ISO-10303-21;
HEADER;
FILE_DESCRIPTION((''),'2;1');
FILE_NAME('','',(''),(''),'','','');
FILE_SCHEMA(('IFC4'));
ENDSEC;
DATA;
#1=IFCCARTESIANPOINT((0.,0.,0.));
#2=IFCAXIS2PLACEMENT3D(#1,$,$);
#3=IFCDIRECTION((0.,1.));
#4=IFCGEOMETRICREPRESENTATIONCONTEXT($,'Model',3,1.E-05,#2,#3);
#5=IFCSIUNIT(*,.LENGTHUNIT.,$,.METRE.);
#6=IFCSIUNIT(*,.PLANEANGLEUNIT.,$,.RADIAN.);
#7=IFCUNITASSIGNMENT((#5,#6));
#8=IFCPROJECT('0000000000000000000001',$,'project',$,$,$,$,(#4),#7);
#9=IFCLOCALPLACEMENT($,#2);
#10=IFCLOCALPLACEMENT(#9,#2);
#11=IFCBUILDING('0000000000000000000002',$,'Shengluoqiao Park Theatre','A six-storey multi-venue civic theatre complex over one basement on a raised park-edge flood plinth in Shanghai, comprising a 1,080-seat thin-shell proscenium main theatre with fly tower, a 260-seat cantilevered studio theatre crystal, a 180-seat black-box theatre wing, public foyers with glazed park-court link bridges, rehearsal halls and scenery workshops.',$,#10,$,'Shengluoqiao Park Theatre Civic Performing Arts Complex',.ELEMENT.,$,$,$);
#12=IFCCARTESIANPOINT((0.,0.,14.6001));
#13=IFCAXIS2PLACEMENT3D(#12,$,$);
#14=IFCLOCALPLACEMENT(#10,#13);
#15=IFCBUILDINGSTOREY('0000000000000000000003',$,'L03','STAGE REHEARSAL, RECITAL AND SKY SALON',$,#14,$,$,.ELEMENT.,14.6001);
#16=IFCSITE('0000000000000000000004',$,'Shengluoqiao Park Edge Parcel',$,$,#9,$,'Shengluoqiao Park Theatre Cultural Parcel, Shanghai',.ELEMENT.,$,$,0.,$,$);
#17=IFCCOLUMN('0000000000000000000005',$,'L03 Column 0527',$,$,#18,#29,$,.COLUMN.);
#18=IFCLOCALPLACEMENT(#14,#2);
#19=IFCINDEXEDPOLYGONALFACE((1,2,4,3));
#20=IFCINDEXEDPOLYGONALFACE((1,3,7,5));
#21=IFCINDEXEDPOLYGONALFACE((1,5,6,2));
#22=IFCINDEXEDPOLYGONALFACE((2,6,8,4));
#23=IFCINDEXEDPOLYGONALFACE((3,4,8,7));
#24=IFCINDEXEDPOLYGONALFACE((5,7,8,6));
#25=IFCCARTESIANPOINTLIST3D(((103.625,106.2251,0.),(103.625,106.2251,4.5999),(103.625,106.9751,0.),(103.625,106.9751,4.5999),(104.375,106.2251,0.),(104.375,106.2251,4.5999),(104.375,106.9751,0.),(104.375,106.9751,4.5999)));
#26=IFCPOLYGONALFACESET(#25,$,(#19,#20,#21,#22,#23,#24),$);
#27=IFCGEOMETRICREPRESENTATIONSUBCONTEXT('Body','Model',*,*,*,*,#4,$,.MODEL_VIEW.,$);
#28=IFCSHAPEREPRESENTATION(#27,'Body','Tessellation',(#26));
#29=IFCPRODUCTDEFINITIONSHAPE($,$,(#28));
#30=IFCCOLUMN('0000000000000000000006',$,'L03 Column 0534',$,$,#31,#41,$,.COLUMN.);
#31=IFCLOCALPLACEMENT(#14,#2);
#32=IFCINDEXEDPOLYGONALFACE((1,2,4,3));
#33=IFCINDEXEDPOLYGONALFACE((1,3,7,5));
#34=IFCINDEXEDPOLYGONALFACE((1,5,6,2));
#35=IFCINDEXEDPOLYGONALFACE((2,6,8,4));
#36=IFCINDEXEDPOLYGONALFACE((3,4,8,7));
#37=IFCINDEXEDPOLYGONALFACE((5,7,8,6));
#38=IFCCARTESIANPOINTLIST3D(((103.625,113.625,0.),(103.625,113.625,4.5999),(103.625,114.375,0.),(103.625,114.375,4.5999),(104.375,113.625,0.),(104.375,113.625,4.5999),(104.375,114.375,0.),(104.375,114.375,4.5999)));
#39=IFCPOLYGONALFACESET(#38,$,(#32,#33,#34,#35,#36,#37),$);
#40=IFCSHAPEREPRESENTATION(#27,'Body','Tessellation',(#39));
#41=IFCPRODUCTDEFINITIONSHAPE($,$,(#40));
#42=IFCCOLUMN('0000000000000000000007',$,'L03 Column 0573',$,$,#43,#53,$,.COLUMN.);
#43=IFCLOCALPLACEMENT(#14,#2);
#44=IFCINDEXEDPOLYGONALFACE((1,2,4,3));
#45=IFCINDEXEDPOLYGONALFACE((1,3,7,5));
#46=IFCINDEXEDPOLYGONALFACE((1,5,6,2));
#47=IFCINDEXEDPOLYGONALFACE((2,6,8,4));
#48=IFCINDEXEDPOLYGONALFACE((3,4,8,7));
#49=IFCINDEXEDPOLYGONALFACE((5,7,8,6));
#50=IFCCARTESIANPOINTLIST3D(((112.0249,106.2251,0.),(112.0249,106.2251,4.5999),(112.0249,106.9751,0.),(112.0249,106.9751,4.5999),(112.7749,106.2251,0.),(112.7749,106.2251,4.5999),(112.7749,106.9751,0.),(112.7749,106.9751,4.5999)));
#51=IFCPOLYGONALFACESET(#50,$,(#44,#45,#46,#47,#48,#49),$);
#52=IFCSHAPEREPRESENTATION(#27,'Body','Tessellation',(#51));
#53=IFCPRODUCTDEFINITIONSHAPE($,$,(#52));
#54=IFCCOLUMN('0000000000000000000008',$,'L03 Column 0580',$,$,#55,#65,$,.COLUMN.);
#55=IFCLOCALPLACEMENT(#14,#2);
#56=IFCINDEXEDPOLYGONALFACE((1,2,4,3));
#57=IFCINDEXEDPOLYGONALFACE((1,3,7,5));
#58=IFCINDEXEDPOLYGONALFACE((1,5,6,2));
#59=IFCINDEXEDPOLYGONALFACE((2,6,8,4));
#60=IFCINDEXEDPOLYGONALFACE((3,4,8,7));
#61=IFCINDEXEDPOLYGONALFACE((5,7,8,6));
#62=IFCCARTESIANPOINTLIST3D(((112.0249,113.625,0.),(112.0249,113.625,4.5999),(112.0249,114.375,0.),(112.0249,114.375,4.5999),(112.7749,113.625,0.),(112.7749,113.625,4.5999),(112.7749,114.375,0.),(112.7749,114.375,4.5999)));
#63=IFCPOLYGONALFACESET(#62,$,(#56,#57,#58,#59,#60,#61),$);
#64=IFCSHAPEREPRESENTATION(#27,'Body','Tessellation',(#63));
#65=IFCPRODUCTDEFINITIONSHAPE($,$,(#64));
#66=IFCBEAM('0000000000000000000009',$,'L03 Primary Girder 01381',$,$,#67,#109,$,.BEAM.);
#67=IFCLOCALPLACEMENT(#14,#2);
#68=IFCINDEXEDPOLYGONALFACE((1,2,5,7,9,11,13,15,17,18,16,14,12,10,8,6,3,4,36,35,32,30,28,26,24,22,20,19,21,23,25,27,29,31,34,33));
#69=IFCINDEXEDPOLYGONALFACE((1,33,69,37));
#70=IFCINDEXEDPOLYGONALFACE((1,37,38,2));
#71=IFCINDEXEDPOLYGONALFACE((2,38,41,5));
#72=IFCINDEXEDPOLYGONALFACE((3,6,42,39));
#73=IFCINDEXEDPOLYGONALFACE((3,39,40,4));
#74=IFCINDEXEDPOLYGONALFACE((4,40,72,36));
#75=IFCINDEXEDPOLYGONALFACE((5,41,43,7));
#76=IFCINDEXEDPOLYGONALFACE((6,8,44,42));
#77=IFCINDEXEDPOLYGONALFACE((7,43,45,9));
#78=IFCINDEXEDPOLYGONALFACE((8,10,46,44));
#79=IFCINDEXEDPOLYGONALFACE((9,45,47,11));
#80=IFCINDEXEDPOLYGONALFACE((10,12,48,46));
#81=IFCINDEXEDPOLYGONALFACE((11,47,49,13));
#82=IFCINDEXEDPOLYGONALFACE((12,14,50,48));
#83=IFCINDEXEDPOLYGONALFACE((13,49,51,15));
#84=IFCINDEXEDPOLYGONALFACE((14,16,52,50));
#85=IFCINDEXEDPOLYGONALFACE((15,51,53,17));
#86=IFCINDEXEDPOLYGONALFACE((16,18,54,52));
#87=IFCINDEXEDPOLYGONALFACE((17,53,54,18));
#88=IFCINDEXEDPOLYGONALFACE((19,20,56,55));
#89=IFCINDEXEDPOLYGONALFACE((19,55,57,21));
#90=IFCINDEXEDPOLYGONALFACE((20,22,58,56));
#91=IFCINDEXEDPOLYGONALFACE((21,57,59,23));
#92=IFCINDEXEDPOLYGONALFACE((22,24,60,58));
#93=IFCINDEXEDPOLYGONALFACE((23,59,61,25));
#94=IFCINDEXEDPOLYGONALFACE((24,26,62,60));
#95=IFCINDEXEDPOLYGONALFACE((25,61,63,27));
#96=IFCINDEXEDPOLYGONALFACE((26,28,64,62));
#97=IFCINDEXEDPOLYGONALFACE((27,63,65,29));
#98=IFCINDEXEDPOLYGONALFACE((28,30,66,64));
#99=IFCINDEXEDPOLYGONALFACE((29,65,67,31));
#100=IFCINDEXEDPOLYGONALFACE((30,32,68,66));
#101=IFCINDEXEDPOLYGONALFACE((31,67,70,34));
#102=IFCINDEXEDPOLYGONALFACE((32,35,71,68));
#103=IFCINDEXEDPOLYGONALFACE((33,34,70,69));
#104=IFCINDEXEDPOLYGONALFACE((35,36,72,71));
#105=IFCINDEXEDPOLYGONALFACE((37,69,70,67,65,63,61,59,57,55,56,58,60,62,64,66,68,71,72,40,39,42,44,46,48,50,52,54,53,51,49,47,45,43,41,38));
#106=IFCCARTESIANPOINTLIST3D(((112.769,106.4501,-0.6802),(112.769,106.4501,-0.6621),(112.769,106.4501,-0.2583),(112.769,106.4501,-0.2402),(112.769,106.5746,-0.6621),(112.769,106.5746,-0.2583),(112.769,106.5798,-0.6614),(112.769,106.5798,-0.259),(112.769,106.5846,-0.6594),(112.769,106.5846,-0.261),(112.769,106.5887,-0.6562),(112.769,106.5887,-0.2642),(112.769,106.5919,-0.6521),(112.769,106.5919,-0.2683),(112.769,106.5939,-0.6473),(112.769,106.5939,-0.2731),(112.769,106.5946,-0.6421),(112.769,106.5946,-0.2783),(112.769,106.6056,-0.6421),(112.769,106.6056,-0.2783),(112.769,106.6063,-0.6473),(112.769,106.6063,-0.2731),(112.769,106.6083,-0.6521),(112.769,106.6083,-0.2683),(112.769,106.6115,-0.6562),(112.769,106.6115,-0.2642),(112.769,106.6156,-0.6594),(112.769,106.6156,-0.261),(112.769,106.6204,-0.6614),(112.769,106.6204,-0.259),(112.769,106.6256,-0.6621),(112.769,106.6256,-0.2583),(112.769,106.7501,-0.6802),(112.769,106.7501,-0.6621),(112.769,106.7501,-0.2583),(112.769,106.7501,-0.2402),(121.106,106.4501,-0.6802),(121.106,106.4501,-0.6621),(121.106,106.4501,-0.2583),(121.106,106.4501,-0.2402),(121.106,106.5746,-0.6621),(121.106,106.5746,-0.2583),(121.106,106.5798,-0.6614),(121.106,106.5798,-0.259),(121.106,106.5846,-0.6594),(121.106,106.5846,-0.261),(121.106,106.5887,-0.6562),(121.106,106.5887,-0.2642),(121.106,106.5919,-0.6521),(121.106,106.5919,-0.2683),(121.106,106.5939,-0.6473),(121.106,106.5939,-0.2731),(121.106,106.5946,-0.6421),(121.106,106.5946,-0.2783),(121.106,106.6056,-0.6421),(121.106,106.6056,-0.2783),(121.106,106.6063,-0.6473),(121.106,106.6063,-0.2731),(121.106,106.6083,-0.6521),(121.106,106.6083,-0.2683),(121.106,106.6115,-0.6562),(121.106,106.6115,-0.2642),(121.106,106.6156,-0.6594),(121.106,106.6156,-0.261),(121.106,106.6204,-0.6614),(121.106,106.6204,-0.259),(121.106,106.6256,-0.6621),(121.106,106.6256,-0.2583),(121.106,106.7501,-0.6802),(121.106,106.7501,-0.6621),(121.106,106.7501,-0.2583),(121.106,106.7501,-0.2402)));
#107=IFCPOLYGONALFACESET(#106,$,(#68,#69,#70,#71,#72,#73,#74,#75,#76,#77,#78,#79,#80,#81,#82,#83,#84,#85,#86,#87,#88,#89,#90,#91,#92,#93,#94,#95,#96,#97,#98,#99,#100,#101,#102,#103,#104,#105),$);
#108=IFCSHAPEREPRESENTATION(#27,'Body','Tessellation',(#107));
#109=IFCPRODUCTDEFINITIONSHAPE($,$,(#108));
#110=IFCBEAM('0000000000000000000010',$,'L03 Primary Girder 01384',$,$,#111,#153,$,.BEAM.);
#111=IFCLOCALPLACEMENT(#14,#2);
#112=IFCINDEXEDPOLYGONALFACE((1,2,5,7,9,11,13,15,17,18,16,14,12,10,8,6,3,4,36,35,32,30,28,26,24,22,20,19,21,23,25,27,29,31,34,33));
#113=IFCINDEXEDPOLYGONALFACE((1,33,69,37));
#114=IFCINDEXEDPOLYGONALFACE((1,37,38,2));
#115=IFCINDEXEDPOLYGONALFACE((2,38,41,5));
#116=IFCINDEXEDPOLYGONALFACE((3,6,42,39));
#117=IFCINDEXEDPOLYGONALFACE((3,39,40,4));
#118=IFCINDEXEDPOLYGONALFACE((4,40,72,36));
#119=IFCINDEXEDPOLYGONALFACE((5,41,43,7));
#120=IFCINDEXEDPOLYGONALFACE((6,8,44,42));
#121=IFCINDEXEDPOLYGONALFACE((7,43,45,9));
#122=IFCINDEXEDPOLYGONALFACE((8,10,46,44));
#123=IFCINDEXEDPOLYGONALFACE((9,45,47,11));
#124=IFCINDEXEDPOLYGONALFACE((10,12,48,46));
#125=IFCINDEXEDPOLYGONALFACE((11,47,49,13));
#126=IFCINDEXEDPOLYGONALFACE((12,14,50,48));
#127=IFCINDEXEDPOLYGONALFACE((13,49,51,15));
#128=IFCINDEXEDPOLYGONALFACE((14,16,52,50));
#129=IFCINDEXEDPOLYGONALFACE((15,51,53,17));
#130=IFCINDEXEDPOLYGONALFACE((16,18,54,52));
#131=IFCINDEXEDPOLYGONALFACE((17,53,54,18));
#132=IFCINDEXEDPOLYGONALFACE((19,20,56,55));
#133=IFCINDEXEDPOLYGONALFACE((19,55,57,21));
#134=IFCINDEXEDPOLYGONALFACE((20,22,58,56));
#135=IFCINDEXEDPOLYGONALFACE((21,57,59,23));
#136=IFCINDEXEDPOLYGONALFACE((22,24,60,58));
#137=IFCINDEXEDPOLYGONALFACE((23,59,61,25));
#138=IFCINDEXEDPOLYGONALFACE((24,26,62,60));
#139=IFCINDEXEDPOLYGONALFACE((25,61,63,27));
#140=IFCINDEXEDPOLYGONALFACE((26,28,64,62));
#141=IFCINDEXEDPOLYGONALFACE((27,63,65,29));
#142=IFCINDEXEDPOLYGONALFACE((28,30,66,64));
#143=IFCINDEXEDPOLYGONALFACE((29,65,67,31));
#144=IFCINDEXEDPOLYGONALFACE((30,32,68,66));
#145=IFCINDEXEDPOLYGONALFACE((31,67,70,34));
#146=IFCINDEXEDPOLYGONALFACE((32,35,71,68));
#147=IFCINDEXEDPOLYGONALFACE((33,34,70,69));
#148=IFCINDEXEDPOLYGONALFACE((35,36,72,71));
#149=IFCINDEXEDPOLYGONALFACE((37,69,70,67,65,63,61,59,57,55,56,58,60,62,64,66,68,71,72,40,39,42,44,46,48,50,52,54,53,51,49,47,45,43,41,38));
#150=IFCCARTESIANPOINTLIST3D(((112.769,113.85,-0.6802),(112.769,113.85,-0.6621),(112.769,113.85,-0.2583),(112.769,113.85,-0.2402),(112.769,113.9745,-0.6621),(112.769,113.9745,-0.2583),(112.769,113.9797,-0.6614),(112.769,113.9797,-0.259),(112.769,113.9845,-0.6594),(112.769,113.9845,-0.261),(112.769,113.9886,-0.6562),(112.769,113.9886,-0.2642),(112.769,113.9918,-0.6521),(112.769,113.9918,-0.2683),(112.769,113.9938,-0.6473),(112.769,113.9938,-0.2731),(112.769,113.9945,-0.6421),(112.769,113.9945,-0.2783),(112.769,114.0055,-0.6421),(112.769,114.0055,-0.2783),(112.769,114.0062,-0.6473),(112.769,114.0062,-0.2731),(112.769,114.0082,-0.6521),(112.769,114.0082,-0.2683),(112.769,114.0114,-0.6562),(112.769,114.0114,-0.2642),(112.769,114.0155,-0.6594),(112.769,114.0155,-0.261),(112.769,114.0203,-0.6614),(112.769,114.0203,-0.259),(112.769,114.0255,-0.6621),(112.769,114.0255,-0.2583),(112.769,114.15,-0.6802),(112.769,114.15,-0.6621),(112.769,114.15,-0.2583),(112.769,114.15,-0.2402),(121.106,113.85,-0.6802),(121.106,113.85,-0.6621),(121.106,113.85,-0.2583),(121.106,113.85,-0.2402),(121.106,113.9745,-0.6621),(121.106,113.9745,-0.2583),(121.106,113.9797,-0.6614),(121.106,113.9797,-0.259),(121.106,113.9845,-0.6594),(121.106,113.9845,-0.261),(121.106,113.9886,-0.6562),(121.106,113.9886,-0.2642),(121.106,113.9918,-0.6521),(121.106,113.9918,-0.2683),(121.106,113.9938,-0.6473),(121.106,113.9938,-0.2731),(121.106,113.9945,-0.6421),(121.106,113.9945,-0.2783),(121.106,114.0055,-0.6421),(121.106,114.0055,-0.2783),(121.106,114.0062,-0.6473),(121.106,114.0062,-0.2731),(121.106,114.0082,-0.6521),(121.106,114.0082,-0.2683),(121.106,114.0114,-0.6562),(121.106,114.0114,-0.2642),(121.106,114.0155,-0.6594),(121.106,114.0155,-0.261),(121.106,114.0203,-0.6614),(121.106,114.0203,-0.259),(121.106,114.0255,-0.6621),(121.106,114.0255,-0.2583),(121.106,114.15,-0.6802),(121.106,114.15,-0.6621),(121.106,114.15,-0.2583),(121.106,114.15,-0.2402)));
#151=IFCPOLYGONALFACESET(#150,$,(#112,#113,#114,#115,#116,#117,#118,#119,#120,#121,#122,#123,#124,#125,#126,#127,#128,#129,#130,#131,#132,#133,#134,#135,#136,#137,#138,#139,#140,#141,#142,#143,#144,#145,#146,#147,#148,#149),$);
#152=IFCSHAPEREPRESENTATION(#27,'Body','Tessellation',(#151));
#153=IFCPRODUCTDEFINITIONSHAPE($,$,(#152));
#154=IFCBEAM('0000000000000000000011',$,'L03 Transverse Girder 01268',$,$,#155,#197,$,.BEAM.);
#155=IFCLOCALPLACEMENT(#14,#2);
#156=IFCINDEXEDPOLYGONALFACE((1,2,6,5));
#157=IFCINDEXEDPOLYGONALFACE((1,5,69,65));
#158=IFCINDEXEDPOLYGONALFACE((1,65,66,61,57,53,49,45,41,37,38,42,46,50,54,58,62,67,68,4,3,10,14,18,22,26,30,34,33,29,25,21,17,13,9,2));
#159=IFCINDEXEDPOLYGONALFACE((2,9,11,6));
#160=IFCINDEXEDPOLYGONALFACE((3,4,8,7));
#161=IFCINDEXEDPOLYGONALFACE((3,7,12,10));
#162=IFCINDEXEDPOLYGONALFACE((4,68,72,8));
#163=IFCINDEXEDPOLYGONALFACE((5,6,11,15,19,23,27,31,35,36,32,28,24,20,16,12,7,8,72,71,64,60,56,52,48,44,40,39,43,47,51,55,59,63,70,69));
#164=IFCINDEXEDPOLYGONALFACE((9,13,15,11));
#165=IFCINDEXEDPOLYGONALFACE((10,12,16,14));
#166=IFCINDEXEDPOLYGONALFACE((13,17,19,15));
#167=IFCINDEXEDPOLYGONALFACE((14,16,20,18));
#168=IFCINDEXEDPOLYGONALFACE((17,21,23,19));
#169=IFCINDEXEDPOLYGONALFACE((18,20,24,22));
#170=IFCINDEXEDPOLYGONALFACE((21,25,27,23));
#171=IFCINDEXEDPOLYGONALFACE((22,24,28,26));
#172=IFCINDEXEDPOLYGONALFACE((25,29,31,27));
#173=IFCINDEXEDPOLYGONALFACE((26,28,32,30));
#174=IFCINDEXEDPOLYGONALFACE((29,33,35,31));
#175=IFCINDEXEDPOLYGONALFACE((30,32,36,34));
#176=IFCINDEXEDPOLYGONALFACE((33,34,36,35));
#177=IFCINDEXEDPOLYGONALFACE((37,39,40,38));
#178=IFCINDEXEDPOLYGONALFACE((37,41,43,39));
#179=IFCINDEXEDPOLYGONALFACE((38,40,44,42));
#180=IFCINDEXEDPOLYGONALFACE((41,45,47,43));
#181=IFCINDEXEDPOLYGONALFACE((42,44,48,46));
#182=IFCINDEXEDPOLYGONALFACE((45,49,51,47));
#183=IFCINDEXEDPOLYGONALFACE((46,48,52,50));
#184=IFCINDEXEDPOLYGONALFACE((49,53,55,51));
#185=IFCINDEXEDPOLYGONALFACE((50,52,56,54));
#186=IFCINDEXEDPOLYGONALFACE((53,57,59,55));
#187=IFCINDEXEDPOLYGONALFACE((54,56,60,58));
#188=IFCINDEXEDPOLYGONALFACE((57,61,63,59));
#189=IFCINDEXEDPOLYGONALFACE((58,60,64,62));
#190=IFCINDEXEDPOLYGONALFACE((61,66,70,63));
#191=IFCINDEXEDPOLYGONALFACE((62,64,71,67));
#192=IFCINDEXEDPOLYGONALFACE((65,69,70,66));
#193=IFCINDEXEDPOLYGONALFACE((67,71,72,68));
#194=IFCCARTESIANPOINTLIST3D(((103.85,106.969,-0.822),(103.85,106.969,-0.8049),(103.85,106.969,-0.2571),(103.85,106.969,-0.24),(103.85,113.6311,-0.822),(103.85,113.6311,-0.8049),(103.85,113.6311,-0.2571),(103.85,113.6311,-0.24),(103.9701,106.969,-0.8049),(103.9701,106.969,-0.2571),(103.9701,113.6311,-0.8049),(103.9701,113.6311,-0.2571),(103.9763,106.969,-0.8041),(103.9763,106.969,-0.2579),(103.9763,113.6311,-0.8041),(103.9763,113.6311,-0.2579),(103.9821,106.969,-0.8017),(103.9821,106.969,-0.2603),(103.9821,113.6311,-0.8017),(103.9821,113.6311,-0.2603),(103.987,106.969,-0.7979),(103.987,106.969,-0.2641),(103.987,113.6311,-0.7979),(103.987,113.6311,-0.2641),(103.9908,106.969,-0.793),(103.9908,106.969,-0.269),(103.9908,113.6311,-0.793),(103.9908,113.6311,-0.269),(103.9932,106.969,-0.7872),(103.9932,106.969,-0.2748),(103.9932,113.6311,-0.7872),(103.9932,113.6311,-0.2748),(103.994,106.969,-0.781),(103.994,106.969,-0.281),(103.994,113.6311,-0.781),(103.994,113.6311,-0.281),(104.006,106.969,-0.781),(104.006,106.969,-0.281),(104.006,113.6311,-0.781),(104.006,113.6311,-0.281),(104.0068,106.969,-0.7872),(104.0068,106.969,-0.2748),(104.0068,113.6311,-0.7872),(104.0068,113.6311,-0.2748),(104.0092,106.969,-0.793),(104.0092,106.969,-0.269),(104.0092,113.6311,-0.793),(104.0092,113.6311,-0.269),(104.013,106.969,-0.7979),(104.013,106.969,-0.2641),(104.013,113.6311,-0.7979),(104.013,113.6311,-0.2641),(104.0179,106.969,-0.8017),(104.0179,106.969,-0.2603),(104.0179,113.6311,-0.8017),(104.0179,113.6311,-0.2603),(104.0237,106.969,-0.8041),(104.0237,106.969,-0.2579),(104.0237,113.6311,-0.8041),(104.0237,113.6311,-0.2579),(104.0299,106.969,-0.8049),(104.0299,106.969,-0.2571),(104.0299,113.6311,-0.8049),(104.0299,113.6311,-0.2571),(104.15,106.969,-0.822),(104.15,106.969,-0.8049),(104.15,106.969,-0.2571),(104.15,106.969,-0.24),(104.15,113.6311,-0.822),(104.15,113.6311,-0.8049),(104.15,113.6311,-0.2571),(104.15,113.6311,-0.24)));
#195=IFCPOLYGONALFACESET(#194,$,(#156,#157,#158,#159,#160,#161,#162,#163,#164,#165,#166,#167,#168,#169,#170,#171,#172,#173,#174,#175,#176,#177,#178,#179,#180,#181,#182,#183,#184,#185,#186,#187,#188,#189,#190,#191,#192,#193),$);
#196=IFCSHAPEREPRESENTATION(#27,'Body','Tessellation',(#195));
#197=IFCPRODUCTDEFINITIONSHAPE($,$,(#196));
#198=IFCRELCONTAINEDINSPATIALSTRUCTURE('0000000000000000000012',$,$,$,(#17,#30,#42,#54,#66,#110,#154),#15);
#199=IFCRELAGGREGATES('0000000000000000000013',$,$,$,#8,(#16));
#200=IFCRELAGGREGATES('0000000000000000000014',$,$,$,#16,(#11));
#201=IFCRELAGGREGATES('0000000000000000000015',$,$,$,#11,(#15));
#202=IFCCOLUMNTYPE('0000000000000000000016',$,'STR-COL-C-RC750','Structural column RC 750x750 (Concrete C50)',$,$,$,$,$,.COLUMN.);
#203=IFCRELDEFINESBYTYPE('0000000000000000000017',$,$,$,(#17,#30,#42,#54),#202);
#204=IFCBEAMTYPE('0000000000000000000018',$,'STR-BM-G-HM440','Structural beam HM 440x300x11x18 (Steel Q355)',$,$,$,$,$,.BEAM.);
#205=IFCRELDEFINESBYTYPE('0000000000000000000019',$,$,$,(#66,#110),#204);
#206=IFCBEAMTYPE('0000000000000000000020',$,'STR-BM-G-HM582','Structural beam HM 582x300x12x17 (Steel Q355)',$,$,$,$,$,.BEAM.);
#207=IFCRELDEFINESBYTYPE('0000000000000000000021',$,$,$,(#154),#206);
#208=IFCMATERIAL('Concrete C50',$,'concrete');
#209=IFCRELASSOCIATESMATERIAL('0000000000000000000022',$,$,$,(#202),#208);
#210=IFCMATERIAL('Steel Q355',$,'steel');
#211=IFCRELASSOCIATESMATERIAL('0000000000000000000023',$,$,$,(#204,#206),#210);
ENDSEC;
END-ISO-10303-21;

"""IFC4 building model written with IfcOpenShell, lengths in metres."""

from ifc_helpers import new_model, si_unit, direction, frame, origin, origin_2d, place, context, subcontext, project, spatial, rectangle, i_section, extrude, material, material_profile, profile_set, type_object, element, save


model = new_model("IFC4")

# Units and contexts
model_context = context("Model", 3, precision=1e-05, world=origin(), true_north=direction((0.0, 1.0)))
body_context = subcontext(model_context, "Body", "Model", "MODEL_VIEW")
ifc_project = project(units=[si_unit("LENGTHUNIT", "METRE"), si_unit("PLANEANGLEUNIT", "RADIAN")], contexts=[model_context])

# Site, building, storey
site_placement = place(None, origin())
site = spatial("IfcSite", under=ifc_project, at=site_placement, Name="Shengluoqiao Park Edge Parcel", LongName="Shengluoqiao Park Theatre Cultural Parcel, Shanghai", CompositionType="ELEMENT", RefElevation=0.0)
building_placement = place(site_placement, origin())
building = spatial("IfcBuilding", under=site, at=building_placement, Name="Shengluoqiao Park Theatre", Description="A six-storey multi-venue civic theatre complex over one basement on a raised park-edge flood plinth in Shanghai, comprising a 1,080-seat thin-shell proscenium main theatre with fly tower, a 260-seat cantilevered studio theatre crystal, a 180-seat black-box theatre wing, public foyers with glazed park-court link bridges, rehearsal halls and scenery workshops.", LongName="Shengluoqiao Park Theatre Civic Performing Arts Complex", CompositionType="ELEMENT")
storey_placement = place(building_placement, frame((0.0, 0.0, 14.6001)))
storey = spatial("IfcBuildingStorey", under=building, at=storey_placement, Name="L03", Description="STAGE REHEARSAL, RECITAL AND SKY SALON", CompositionType="ELEMENT", Elevation=14.6001)

# Columns
ifc_material_1 = material(Name="Concrete C50", Category="concrete")
ifc_material_profile_1 = material_profile(ifc_material_1, rectangle(XDim=0.75, YDim=0.75, at=origin_2d()), Name="RC 750x750")
ifc_profile_set_1 = profile_set([ifc_material_profile_1], Name="Concrete C50")
column_type = type_object("IfcColumnType", Name="STR-COL-C-RC750", Description="Structural column RC 750x750 (Concrete C50)", PredefinedType="COLUMN", material=ifc_profile_set_1)
for number, where, z_axis, x_axis, name in (
    (1, (104.0, 106.6001, 0.0), (0.0, 0.0, 1.0), (1.0, 0.0, 0.0), "L03 Column 0527"),
    (2, (104.0, 114.0, 0.0), (0.0, 0.0, 1.0), (1.0, 0.0, 0.0), "L03 Column 0534"),
    (3, (112.3999, 106.6001, 0.0), (0.0, 0.0, 1.0), (1.0, 0.0, 0.0), "L03 Column 0573"),
    (4, (112.3999, 114.0, 0.0), (0.0, 0.0, 1.0), (1.0, 0.0, 0.0), "L03 Column 0580"),
):
    element("IfcColumn", number, at=place(storey_placement, frame(where, z_axis=z_axis, x_axis=x_axis)), inside=storey, type_object=column_type, Name=name, PredefinedType="COLUMN", context=body_context, shape_type="SweptSolid", body=[
        extrude(rectangle(XDim=0.75, YDim=0.75, at=origin_2d()), origin(), (0.0, 0.0, 1.0), 4.5999),
    ])

# Beams
ifc_material_2 = material(Name="Steel Q355", Category="steel")
ifc_material_profile_2 = material_profile(ifc_material_2, i_section(OverallWidth=0.3, OverallDepth=0.4399, WebThickness=0.011, FlangeThickness=0.0181, FilletRadius=0.02, at=origin_2d()), Name="HM 440x300x11x18")
ifc_profile_set_2 = profile_set([ifc_material_profile_2], Name="Steel Q355")
beam_type_1 = type_object("IfcBeamType", Name="STR-BM-G-HM440", Description="Structural beam HM 440x300x11x18 (Steel Q355)", PredefinedType="BEAM", material=ifc_profile_set_2)
for number, where, z_axis, x_axis, name in (
    (5, (112.769, 106.6001, -0.4602), (1.0, 0.0, 0.0), (0.0, 1.0, 0.0), "L03 Primary Girder 01381"),
    (6, (112.769, 114.0, -0.4602), (1.0, 0.0, 0.0), (0.0, 1.0, 0.0), "L03 Primary Girder 01384"),
):
    element("IfcBeam", number, at=place(storey_placement, frame(where, z_axis=z_axis, x_axis=x_axis)), inside=storey, type_object=beam_type_1, Name=name, PredefinedType="BEAM", context=body_context, shape_type="SweptSolid", body=[
        extrude(i_section(OverallWidth=0.3, OverallDepth=0.4399, WebThickness=0.011, FlangeThickness=0.0181, FilletRadius=0.02, at=origin_2d()), origin(), (0.0, 0.0, 1.0), 8.3369),
    ])
ifc_material_profile_3 = material_profile(ifc_material_2, i_section(OverallWidth=0.3, OverallDepth=0.582, WebThickness=0.012, FlangeThickness=0.0171, FilletRadius=0.0239, at=origin_2d()), Name="HM 582x300x12x17")
ifc_profile_set_3 = profile_set([ifc_material_profile_3], Name="Steel Q355")
beam_type_2 = type_object("IfcBeamType", Name="STR-BM-G-HM582", Description="Structural beam HM 582x300x12x17 (Steel Q355)", PredefinedType="BEAM", material=ifc_profile_set_3)
for number, where, z_axis, x_axis, name in (
    (7, (104.0, 106.969, -0.531), (0.0, 1.0, 0.0), (-1.0, 0.0, 0.0), "L03 Transverse Girder 01268"),
):
    element("IfcBeam", number, at=place(storey_placement, frame(where, z_axis=z_axis, x_axis=x_axis)), inside=storey, type_object=beam_type_2, Name=name, PredefinedType="BEAM", context=body_context, shape_type="SweptSolid", body=[
        extrude(i_section(OverallWidth=0.3, OverallDepth=0.582, WebThickness=0.012, FlangeThickness=0.0171, FilletRadius=0.0239, at=origin_2d()), origin(), (0.0, 0.0, 1.0), 6.6621),
    ])

save(model, "model.ifc")
